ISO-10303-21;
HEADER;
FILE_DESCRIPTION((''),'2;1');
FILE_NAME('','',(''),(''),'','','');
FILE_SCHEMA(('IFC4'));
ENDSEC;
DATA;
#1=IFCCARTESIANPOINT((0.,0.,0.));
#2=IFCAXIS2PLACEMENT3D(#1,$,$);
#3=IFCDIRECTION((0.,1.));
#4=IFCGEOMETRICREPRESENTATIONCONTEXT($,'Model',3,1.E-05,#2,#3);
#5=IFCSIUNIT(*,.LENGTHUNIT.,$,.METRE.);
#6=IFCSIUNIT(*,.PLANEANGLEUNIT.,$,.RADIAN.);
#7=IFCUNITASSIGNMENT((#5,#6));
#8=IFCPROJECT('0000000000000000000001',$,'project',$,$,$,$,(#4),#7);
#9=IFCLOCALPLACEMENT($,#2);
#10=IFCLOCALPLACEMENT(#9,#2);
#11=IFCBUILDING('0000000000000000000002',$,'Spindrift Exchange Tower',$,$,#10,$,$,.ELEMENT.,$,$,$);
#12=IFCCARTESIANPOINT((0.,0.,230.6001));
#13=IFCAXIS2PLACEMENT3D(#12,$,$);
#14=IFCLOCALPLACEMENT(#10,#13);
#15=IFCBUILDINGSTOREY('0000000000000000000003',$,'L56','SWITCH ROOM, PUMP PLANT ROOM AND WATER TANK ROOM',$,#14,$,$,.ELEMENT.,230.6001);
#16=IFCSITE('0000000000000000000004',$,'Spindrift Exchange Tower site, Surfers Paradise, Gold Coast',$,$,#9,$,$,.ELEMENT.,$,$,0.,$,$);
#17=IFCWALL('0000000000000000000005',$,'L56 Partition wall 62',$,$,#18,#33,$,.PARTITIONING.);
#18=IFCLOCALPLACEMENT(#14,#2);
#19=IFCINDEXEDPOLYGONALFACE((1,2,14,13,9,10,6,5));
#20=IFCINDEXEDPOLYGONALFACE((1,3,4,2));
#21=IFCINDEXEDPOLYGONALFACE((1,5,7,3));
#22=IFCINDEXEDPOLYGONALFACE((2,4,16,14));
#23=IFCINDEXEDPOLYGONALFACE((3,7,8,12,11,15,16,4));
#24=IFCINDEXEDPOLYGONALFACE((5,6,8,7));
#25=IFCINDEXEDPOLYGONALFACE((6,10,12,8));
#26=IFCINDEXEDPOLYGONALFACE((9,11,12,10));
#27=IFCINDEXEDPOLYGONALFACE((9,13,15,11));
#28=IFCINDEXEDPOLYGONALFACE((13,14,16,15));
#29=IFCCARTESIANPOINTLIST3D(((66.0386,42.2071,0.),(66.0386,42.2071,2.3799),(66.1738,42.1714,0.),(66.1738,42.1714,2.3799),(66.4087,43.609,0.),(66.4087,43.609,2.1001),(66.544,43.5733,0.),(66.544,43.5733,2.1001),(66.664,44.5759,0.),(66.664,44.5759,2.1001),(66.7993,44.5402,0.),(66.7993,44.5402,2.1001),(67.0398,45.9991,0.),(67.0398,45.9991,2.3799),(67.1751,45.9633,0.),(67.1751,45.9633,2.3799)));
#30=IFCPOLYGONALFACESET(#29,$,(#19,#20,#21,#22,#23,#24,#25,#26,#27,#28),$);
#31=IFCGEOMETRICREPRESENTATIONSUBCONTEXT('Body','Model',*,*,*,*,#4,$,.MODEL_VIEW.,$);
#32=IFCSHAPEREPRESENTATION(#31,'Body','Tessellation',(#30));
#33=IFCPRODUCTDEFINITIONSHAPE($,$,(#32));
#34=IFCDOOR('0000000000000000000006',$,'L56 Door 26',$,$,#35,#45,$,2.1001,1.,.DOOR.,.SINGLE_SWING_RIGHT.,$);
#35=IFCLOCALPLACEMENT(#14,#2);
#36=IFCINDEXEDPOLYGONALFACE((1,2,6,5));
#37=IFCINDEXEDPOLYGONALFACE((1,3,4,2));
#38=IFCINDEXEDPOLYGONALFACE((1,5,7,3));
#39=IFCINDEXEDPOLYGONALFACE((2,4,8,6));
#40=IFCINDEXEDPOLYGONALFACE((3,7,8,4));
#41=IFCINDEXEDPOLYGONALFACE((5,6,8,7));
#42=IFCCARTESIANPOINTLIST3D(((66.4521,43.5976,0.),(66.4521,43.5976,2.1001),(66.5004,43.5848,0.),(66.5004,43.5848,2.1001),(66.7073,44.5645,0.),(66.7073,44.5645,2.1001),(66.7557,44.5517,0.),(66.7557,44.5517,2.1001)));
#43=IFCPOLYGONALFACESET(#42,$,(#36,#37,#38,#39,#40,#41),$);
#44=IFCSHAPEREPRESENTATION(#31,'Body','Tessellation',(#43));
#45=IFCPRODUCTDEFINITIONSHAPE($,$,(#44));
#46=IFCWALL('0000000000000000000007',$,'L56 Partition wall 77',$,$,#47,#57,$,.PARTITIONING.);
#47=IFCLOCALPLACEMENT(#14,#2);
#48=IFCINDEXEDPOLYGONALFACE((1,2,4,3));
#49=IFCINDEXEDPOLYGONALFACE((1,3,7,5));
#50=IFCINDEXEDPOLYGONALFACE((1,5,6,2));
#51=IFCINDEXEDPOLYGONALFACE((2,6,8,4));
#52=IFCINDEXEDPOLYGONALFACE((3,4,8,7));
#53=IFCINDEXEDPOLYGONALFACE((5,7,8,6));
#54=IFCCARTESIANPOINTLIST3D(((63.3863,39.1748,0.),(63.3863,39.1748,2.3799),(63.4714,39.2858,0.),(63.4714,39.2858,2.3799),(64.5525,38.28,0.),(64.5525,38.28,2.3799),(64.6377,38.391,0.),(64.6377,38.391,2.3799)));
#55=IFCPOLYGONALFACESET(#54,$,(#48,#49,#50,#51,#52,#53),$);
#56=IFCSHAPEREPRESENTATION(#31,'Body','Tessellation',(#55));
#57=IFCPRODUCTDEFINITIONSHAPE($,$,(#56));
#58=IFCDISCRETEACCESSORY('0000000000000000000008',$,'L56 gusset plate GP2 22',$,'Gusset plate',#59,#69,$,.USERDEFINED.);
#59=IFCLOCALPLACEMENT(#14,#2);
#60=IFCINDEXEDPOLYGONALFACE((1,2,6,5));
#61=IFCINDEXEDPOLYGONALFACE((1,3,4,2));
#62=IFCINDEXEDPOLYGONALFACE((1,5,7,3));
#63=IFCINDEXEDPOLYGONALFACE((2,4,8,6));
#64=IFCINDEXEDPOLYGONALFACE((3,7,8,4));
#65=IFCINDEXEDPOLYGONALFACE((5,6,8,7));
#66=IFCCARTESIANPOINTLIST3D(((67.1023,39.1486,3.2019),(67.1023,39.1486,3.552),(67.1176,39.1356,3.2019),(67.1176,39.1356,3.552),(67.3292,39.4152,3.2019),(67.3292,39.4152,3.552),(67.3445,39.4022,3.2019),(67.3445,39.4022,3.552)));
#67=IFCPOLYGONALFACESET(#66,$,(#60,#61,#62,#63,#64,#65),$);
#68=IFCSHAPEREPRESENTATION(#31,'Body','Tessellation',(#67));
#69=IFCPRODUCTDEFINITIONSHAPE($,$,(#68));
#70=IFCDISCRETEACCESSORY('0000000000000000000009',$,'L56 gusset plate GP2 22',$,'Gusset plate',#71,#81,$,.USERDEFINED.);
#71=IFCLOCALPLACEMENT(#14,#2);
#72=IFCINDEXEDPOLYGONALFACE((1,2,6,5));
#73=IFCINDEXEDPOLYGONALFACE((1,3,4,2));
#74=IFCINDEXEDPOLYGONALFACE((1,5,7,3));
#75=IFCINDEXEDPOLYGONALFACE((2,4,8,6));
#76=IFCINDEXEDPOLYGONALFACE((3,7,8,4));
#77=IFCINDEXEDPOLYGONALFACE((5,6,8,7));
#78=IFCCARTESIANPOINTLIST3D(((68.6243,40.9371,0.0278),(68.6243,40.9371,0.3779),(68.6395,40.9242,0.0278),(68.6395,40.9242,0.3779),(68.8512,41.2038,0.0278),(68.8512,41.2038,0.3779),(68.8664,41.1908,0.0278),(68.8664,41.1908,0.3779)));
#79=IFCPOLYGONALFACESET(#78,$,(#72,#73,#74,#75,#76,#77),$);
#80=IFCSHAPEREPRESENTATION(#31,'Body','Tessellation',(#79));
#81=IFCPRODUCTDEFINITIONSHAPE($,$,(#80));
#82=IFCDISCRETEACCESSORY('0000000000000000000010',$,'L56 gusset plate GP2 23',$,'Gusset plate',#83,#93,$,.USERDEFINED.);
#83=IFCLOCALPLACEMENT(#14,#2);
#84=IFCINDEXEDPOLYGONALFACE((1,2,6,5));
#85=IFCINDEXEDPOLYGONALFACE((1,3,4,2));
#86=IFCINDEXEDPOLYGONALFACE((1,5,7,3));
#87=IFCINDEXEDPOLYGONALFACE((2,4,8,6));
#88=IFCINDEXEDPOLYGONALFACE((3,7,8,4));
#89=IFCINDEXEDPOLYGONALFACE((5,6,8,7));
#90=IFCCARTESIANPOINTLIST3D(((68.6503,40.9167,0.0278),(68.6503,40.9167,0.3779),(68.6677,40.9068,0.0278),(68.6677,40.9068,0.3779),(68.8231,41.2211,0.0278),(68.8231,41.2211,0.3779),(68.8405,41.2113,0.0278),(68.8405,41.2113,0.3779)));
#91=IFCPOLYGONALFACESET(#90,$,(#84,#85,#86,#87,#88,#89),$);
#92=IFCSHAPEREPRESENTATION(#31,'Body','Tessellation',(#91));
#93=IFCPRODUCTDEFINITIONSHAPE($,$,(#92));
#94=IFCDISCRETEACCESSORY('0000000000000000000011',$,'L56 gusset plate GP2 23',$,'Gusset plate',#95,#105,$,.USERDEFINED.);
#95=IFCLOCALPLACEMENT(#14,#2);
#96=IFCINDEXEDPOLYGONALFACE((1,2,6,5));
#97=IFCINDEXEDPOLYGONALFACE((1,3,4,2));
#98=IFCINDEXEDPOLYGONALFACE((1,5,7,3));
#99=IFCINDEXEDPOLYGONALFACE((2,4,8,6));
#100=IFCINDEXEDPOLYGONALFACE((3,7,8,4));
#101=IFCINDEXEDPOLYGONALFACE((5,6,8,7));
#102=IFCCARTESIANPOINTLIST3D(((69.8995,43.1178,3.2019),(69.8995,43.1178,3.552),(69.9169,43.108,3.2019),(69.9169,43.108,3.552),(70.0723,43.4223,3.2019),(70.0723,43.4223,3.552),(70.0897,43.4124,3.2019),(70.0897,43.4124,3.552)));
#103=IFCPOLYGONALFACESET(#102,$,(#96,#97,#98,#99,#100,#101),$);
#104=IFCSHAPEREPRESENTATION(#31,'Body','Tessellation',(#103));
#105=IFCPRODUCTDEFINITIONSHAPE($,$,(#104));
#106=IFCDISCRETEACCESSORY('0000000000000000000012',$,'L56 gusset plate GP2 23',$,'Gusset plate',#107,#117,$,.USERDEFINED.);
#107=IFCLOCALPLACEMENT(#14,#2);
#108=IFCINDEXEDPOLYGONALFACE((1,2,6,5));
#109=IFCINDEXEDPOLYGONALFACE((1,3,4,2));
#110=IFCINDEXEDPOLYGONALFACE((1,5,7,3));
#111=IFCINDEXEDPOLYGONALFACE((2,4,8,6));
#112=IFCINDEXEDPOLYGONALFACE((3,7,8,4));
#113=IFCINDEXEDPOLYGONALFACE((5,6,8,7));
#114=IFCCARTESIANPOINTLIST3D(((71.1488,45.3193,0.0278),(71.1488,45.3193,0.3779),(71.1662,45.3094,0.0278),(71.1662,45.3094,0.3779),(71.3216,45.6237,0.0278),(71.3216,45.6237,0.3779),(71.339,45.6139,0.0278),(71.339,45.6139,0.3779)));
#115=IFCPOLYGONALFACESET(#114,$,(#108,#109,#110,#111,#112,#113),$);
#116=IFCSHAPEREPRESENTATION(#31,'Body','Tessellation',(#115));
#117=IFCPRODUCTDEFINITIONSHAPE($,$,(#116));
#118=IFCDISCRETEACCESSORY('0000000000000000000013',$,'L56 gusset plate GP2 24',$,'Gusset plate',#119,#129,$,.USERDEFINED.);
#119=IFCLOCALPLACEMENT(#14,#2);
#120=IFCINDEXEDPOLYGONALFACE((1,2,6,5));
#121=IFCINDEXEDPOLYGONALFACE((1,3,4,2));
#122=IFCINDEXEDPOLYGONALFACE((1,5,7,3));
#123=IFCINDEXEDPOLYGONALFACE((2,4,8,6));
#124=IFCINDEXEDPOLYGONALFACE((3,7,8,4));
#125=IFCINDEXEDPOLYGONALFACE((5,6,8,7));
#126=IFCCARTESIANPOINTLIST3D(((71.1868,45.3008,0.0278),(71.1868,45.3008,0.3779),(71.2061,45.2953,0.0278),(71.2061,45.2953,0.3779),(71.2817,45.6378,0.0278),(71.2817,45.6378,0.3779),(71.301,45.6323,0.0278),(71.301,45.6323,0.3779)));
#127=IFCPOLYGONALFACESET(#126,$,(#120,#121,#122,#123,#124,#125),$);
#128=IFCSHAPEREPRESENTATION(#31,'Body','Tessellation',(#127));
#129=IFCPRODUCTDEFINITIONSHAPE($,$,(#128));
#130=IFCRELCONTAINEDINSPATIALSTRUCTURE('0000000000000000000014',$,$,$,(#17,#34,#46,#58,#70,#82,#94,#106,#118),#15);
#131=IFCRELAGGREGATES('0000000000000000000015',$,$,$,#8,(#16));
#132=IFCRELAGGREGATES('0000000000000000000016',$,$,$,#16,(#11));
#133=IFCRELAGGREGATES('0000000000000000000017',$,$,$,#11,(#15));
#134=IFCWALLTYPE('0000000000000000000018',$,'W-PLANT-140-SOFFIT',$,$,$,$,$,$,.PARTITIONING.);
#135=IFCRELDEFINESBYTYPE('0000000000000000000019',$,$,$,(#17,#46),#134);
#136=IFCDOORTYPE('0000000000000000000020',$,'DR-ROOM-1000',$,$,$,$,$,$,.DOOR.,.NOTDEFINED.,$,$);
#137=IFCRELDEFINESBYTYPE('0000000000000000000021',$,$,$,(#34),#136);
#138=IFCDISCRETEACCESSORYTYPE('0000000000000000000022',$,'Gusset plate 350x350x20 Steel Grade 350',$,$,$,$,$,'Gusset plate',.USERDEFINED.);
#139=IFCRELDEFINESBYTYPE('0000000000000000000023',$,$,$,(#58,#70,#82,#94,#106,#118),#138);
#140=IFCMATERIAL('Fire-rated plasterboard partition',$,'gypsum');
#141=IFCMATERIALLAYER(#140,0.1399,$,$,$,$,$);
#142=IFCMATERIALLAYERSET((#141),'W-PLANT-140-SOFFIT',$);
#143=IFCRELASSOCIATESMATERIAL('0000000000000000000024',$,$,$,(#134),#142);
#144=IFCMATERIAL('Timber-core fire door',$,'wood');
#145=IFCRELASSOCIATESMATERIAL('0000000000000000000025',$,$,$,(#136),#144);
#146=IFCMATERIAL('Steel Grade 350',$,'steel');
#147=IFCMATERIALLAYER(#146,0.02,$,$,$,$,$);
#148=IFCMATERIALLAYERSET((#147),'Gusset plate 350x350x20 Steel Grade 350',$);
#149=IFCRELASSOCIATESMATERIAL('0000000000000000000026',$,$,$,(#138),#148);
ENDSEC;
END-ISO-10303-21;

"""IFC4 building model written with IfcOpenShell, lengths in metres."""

from ifc_helpers import new_model, si_unit, direction, frame, frame_2d, origin, origin_2d, place, context, subcontext, project, spatial, rectangle, extrude, source, transform, mapped, material, layer, layer_set, type_object, element, fill, save


model = new_model("IFC4")

# Units and contexts
model_context = context("Model", 3, precision=1e-05, world=origin(), true_north=direction((0.0, 1.0)))
body_context = subcontext(model_context, "Body", "Model", "MODEL_VIEW")
ifc_project = project(units=[si_unit("LENGTHUNIT", "METRE"), si_unit("PLANEANGLEUNIT", "RADIAN")], contexts=[model_context])

# Site, building, storey
site_placement = place(None, origin())
site = spatial("IfcSite", under=ifc_project, at=site_placement, Name="Spindrift Exchange Tower site, Surfers Paradise, Gold Coast", CompositionType="ELEMENT", RefElevation=0.0)
building_placement = place(site_placement, origin())
building = spatial("IfcBuilding", under=site, at=building_placement, Name="Spindrift Exchange Tower", CompositionType="ELEMENT")
storey_placement = place(building_placement, frame((0.0, 0.0, 230.6001)))
storey = spatial("IfcBuildingStorey", under=building, at=storey_placement, Name="L56", Description="SWITCH ROOM, PUMP PLANT ROOM AND WATER TANK ROOM", CompositionType="ELEMENT", Elevation=230.6001)

# Shared definitions
ifc_material_1 = material(Name="Steel Grade 350", Category="steel")

# Shared definitions
ifc_material_2 = material(Name="Fire-rated plasterboard partition", Category="gypsum")

# Shared definitions
ifc_layer_1 = layer(ifc_material_2, 0.1399)
ifc_layer_set_1 = layer_set([ifc_layer_1], Name="W-PLANT-140-SOFFIT")
wall_type_1 = type_object("IfcWallType", Name="W-PLANT-140-SOFFIT", PredefinedType="PARTITIONING", material=ifc_layer_set_1)

# Wall, opening, door
wall_1_placement = place(storey_placement, frame((67.1074, 45.9812, 0.0), z_axis=(0.0, 0.0, 1.0), x_axis=(-0.255287, -0.966865, 0.0)))
wall_1 = element("IfcWall", 1, at=wall_1_placement, inside=storey, type_object=wall_type_1, Name="L56 Partition wall 62", PredefinedType="PARTITIONING", context=body_context, shape_type="SweptSolid", body=[
    extrude(rectangle(XDim=3.9219, YDim=0.1399, at=frame_2d((1.9609, 0.0))), origin(), (0.0, 0.0, 1.0), 2.3799),
])
opening_1_placement = place(wall_1_placement, frame((1.4719, 0.0, 0.0)))
opening_1 = element("IfcOpeningElement", 2, at=opening_1_placement, cuts=wall_1, PredefinedType="OPENING", context=body_context, shape_type="SweptSolid", body=[
    extrude(rectangle(XDim=1.0, YDim=2.1001, at=frame_2d((0.5, 1.05))), frame((0.0, 0.0798, 0.0), z_axis=(0.0, -1.0, 0.0), x_axis=(1.0, 0.0, 0.0)), (0.0, 0.0, 1.0), 0.1599),
])
ifc_material_3 = material(Name="Timber-core fire door", Category="wood")
door_type_1 = type_object("IfcDoorType", Name="DR-ROOM-1000", OperationType="NOTDEFINED", PredefinedType="DOOR", material=ifc_material_3)
shared_shape_1 = source(origin(), body_context, "Body", "SweptSolid", [
    extrude(rectangle(XDim=1.0, YDim=2.1001, at=frame_2d((0.5, 1.05))), frame((0.0, 0.0249, 0.0), z_axis=(0.0, -1.0, 0.0), x_axis=(1.0, 0.0, 0.0)), (0.0, 0.0, 1.0), 0.05),
])
door_1_placement = place(opening_1_placement, origin())
door_1 = element("IfcDoor", 3, at=door_1_placement, inside=storey, type_object=door_type_1, Name="L56 Door 26", OperationType="SINGLE_SWING_RIGHT", OverallHeight=2.1001, OverallWidth=1.0, PredefinedType="DOOR", context=body_context, shape_type="MappedRepresentation", body=[
    mapped(shared_shape_1, transform((0.0, 0.0, 0.0), scale=1.0)),
])
fill(opening_1, door_1)

# Wall
wall_2_placement = place(storey_placement, frame((63.429, 39.2302, 0.0), z_axis=(0.0, 0.0, 1.0), x_axis=(0.793395, -0.608707, 0.0)))
element("IfcWall", 4, at=wall_2_placement, inside=storey, type_object=wall_type_1, Name="L56 Partition wall 77", PredefinedType="PARTITIONING", context=body_context, shape_type="SweptSolid", body=[
    extrude(rectangle(XDim=1.47, YDim=0.1399, at=frame_2d((0.7349, 0.0))), origin(), (0.0, 0.0, 1.0), 2.3799),
])

# Discrete accessories
ifc_layer_2 = layer(ifc_material_1, 0.02)
ifc_layer_set_2 = layer_set([ifc_layer_2], Name="Gusset plate 350x350x20 Steel Grade 350")
discrete_accessory_type = type_object("IfcDiscreteAccessoryType", Name="Gusset plate 350x350x20 Steel Grade 350", ElementType="Gusset plate", PredefinedType="USERDEFINED", material=ifc_layer_set_2)
shared_shape_2 = source(origin(), body_context, "Body", "SweptSolid", [
    extrude(rectangle(XDim=0.3501, YDim=0.02, at=origin_2d()), origin(), (0.0, 0.0, 1.0), 0.3501),
])
for number, where, z_axis, x_axis, name in (
    (5, (67.2234, 39.2754, 3.2019), (0.0, 0.0, 1.0), (0.648067, 0.761584, 0.0), "L56 gusset plate GP2 22"),
    (6, (68.7454, 41.064, 0.0278), (0.0, 0.0, 1.0), (0.648067, 0.761584, 0.0), "L56 gusset plate GP2 22"),
    (7, (68.7454, 41.064, 0.0278), (0.0, 0.0, 1.0), (0.493579, 0.869701, 0.0), "L56 gusset plate GP2 23"),
    (8, (69.9946, 43.2651, 3.2019), (0.0, 0.0, 1.0), (0.493579, 0.869701, 0.0), "L56 gusset plate GP2 23"),
    (9, (71.2439, 45.4666, 0.0278), (0.0, 0.0, 1.0), (0.493579, 0.869701, 0.0), "L56 gusset plate GP2 23"),
    (10, (71.2439, 45.4666, 0.0278), (0.0, 0.0, 1.0), (0.270994, 0.962581, 0.0), "L56 gusset plate GP2 24"),
):
    element("IfcDiscreteAccessory", number, at=place(storey_placement, frame(where, z_axis=z_axis, x_axis=x_axis)), inside=storey, type_object=discrete_accessory_type, Name=name, ObjectType="Gusset plate", PredefinedType="USERDEFINED", context=body_context, shape_type="MappedRepresentation", body=[
        mapped(shared_shape_2, transform((0.0, 0.0, 0.0), scale=1.0)),
    ])

save(model, "model.ifc")
